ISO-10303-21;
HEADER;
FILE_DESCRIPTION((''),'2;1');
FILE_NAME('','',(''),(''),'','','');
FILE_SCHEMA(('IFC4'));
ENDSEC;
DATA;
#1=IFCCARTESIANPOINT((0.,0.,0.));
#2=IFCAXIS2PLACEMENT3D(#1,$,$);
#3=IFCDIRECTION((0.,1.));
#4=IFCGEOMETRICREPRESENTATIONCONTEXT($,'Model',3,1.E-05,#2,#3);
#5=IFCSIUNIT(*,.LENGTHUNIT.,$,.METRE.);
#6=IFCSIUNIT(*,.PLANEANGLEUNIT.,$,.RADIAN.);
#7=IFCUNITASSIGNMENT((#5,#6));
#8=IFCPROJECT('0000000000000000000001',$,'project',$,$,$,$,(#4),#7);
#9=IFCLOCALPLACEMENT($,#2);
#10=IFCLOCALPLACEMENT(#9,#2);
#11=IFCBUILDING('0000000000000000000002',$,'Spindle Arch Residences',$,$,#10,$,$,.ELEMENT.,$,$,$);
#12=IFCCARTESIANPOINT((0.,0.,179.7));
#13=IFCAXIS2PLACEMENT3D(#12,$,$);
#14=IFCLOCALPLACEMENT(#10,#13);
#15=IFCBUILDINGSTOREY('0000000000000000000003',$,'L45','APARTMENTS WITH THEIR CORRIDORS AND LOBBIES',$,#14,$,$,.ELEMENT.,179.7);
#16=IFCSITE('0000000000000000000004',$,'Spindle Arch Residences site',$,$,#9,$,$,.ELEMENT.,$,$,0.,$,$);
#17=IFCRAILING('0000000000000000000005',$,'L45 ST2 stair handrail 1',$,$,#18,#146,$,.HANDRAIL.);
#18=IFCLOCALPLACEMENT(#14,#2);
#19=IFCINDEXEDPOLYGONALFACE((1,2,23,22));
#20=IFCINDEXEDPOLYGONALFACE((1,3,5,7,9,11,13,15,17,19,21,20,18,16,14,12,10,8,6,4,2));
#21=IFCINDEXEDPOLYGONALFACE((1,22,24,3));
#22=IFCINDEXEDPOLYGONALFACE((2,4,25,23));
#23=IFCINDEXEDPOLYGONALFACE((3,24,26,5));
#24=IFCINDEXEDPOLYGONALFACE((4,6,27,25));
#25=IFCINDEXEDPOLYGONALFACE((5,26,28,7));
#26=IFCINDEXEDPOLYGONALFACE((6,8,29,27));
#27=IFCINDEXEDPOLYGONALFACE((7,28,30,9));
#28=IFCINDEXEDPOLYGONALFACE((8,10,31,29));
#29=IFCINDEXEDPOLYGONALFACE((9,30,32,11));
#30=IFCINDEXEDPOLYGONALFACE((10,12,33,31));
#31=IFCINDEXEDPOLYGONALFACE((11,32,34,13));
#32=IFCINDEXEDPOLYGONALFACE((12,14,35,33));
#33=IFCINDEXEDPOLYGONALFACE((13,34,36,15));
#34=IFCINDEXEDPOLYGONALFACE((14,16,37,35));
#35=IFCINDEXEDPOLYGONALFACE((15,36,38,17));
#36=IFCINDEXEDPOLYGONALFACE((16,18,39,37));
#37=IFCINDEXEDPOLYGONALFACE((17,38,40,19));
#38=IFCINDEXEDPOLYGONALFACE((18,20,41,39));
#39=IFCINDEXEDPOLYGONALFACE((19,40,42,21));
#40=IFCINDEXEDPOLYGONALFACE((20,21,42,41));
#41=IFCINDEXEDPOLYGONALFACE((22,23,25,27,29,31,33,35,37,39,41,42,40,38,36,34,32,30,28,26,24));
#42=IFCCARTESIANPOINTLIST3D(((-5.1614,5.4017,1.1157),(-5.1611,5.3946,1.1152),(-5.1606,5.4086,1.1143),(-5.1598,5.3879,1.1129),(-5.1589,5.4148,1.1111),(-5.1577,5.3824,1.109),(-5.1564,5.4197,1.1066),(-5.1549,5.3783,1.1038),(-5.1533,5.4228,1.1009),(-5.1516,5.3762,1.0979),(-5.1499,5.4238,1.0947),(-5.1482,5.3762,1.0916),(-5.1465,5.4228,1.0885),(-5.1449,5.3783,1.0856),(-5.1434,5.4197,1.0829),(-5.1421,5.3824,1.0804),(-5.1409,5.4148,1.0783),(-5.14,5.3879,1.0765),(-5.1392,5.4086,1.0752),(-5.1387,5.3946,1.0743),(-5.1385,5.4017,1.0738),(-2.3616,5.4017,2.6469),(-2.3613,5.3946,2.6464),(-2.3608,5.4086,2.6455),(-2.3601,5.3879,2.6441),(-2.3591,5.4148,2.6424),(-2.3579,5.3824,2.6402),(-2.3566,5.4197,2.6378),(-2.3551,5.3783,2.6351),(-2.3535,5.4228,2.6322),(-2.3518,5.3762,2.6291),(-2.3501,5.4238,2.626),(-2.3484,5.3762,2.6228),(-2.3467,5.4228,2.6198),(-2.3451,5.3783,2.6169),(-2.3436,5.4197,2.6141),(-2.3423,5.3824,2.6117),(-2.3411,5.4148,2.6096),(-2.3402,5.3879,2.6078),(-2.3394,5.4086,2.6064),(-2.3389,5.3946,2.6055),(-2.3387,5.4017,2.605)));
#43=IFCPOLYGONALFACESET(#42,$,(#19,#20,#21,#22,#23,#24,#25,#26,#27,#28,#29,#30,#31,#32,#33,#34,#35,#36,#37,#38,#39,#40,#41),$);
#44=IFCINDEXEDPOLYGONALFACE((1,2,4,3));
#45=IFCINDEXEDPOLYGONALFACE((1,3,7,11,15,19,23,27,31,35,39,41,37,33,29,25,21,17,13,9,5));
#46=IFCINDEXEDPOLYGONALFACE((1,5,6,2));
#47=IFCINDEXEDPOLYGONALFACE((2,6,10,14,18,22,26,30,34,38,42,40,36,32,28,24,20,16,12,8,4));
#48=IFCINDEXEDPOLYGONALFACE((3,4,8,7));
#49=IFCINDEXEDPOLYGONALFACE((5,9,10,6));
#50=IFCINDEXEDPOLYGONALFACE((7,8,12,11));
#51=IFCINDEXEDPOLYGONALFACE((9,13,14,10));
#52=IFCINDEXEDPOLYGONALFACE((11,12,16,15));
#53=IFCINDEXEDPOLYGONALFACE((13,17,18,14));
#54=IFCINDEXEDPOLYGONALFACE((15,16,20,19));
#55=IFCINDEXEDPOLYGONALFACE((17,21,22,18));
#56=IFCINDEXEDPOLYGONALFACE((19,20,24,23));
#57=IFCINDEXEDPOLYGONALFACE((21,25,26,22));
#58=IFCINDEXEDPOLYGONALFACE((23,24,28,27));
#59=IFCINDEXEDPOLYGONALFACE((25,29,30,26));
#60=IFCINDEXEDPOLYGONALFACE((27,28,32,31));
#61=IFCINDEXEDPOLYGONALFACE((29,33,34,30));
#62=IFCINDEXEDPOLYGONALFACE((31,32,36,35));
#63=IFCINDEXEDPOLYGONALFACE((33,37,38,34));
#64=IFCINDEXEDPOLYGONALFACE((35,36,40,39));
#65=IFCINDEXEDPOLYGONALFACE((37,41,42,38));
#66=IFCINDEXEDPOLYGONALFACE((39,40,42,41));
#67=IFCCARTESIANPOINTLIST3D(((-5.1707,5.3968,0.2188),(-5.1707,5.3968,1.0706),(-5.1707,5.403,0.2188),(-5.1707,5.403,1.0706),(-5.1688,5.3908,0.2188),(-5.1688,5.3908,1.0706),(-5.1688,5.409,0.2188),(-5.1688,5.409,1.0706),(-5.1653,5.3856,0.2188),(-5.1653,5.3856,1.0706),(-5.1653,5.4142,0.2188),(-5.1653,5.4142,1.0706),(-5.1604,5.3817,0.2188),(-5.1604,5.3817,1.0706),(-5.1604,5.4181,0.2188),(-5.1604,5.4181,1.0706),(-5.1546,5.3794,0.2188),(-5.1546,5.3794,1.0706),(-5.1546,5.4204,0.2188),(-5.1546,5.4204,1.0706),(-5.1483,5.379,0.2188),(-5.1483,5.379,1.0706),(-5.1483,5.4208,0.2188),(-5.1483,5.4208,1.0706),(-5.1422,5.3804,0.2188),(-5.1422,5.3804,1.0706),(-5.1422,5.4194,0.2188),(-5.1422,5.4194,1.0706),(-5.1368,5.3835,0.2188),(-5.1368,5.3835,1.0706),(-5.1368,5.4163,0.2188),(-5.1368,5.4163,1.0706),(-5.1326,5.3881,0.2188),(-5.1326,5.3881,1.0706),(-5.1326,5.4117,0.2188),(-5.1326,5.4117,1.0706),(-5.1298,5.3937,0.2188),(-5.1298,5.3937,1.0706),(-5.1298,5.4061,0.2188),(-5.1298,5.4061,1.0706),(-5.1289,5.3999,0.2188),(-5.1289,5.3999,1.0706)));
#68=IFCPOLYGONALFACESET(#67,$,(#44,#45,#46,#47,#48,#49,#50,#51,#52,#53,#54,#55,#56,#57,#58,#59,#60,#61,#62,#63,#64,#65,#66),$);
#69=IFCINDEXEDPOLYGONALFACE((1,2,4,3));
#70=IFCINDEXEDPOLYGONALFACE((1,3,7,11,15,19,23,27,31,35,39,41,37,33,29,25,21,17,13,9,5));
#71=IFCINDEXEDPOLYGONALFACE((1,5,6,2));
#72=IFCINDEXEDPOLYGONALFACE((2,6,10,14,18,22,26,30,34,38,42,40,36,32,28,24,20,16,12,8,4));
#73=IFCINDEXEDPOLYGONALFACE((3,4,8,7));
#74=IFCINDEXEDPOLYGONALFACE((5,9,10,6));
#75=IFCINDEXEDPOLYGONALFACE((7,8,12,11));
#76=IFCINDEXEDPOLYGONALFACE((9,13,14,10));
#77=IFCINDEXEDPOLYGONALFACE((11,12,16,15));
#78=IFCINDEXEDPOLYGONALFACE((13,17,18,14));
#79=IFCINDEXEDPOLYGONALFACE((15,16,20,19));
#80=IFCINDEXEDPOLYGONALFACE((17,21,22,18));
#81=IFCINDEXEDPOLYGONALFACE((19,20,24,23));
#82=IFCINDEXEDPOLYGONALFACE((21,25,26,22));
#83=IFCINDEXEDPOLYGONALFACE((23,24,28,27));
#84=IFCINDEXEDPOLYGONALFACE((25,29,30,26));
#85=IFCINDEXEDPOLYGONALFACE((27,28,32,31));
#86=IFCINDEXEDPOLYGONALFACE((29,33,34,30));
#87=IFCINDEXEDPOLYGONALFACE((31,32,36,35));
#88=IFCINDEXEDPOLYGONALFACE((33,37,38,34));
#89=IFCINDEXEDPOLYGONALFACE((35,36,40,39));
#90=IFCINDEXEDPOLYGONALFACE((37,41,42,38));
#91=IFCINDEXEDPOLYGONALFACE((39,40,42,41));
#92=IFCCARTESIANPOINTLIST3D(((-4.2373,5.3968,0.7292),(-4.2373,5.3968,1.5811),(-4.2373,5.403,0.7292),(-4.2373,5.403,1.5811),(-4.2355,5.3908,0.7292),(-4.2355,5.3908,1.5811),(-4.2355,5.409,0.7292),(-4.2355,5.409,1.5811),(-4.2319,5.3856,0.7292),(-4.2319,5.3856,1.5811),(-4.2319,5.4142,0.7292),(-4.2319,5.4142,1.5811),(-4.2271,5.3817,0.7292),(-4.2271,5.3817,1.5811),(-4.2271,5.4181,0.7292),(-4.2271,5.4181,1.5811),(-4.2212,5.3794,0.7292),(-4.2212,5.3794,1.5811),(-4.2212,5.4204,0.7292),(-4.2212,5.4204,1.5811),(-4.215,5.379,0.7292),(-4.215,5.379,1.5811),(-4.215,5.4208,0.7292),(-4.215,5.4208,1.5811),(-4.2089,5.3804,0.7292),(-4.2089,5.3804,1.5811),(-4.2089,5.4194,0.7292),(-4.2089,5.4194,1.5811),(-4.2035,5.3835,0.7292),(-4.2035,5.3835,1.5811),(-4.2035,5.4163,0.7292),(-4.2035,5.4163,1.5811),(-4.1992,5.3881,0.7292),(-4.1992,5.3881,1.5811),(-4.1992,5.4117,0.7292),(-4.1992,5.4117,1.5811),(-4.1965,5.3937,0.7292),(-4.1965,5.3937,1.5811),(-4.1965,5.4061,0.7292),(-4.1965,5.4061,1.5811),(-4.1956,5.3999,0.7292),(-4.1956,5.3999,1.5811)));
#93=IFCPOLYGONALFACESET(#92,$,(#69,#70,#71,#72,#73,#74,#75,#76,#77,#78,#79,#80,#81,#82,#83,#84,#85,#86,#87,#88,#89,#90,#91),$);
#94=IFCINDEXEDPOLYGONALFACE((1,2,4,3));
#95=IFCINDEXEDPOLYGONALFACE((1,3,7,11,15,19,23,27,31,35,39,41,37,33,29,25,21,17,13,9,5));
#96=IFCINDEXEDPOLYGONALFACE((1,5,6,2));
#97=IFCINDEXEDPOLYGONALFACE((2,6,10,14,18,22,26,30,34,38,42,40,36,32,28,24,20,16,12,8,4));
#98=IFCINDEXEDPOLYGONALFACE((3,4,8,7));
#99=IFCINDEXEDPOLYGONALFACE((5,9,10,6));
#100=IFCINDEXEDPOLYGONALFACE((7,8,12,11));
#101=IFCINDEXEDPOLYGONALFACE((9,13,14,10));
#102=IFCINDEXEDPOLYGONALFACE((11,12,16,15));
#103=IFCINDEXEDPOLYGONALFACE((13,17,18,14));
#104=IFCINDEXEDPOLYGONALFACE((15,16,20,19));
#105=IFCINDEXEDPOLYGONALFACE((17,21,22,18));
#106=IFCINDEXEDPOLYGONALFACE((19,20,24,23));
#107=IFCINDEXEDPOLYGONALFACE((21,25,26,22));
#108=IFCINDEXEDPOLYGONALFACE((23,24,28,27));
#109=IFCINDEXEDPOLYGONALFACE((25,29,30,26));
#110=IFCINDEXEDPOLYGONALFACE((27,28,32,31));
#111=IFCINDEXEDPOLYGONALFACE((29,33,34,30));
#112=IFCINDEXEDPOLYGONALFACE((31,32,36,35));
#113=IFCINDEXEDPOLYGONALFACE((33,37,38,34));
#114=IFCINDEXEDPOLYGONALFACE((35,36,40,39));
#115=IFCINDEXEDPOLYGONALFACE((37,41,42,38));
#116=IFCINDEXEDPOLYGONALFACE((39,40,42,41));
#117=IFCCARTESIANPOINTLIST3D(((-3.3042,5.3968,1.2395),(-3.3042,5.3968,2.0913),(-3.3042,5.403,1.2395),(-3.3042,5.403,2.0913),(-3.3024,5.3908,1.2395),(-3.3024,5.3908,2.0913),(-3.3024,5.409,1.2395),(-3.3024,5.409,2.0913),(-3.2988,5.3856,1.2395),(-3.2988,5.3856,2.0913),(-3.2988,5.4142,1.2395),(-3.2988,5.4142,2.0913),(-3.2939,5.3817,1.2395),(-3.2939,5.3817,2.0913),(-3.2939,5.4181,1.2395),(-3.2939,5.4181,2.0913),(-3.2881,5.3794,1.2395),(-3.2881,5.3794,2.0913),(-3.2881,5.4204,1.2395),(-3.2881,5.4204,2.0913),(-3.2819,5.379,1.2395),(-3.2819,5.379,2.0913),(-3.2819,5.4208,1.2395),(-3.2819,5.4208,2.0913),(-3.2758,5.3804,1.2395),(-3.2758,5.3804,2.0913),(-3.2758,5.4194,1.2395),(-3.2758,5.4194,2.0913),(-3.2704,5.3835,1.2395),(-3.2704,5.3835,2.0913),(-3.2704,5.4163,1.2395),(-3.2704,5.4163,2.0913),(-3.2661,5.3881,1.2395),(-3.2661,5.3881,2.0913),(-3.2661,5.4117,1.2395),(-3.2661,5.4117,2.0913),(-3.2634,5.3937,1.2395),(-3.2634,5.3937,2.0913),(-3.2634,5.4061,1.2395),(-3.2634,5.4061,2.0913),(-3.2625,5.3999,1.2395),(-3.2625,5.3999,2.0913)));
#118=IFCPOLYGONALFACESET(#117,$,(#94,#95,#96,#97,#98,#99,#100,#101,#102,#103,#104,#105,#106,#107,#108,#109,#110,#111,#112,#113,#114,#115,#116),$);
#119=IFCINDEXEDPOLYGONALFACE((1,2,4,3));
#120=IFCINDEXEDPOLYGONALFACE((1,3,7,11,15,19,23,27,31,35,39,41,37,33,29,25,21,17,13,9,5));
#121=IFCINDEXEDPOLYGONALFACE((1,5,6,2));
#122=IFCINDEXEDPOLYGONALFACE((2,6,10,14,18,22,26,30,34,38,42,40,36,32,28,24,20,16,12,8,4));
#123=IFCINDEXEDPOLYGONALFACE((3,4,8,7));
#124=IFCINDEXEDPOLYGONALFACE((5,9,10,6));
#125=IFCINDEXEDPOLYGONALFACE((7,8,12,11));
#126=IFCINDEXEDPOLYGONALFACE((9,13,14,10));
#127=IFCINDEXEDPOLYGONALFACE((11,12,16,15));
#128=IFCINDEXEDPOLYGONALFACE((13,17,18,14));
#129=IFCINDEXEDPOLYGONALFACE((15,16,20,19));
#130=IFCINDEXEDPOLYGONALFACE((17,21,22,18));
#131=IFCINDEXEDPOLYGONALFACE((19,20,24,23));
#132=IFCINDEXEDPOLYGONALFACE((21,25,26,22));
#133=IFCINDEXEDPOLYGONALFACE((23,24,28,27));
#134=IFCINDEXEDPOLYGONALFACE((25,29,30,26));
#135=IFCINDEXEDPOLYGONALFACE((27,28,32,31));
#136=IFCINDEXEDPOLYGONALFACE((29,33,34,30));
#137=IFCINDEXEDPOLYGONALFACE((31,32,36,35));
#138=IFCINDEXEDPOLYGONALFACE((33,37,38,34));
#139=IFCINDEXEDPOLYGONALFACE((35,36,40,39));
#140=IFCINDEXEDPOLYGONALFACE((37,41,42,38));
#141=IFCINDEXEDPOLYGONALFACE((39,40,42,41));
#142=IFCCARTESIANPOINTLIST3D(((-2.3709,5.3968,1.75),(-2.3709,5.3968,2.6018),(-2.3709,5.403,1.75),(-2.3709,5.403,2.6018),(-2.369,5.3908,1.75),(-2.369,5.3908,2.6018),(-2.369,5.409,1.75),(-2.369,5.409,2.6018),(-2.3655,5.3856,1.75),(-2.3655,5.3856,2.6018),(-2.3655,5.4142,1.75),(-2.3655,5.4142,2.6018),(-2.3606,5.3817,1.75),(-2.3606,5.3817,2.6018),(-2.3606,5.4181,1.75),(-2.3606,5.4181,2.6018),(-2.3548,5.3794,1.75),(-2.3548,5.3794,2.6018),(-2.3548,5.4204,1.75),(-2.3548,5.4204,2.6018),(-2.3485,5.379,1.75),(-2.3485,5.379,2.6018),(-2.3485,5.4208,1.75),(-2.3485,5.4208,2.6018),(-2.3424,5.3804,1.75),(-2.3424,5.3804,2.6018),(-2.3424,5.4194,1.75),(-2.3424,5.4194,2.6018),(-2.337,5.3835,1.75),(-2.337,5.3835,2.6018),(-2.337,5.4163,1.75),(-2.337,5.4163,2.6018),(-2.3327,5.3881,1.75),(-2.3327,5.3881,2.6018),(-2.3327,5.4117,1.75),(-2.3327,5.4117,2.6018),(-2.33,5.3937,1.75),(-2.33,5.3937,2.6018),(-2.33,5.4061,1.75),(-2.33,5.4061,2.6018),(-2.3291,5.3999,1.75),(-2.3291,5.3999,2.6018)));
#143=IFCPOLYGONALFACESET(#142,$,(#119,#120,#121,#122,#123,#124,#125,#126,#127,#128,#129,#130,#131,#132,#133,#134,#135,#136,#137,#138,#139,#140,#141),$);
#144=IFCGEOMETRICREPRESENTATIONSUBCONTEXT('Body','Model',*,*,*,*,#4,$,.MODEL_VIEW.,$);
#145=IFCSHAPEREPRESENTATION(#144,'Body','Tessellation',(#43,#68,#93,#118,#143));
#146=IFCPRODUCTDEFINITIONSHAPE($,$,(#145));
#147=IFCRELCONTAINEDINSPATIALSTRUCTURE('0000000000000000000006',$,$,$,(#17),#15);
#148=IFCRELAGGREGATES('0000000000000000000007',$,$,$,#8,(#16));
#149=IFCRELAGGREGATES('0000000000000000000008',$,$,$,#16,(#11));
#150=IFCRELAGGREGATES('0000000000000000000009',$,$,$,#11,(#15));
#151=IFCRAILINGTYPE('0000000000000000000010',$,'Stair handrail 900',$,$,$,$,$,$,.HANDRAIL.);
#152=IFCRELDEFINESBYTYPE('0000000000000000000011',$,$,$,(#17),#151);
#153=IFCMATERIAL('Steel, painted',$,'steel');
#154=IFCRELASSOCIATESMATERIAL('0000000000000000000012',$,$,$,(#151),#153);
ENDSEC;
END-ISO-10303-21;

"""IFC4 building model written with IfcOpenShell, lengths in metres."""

from ifc_helpers import new_model, si_unit, direction, frame, origin, origin_2d, place, context, subcontext, project, spatial, circle, extrude, material, type_object, element, save


model = new_model("IFC4")

# Units and contexts
model_context = context("Model", 3, precision=1e-05, world=origin(), true_north=direction((0.0, 1.0)))
body_context = subcontext(model_context, "Body", "Model", "MODEL_VIEW")
ifc_project = project(units=[si_unit("LENGTHUNIT", "METRE"), si_unit("PLANEANGLEUNIT", "RADIAN")], contexts=[model_context])

# Site, building, storey
site_placement = place(None, origin())
site = spatial("IfcSite", under=ifc_project, at=site_placement, Name="Spindle Arch Residences site", CompositionType="ELEMENT", RefElevation=0.0)
building_placement = place(site_placement, origin())
building = spatial("IfcBuilding", under=site, at=building_placement, Name="Spindle Arch Residences", CompositionType="ELEMENT")
storey_placement = place(building_placement, frame((0.0, 0.0, 179.7)))
storey = spatial("IfcBuildingStorey", under=building, at=storey_placement, Name="L45", Description="APARTMENTS WITH THEIR CORRIDORS AND LOBBIES", CompositionType="ELEMENT", Elevation=179.7)

# Railing
ifc_material_1 = material(Name="Steel, painted", Category="steel")
railing_type_1 = type_object("IfcRailingType", Name="Stair handrail 900", PredefinedType="HANDRAIL", material=ifc_material_1)
railing_1_placement = place(storey_placement, frame((-5.1499, 5.3999, 0.2188)))
element("IfcRailing", 1, at=railing_1_placement, inside=storey, type_object=railing_type_1, Name="L45 ST2 stair handrail 1", PredefinedType="HANDRAIL", context=body_context, shape_type="SweptSolid", body=[
    extrude(circle(Radius=0.0239, at=origin_2d()), frame((0.0, 0.0, 0.876), z_axis=(0.877357, 0.0, 0.479838), x_axis=(0.0, 1.0, 0.0)), (0.0, 0.0, 1.0), 3.1912),
    extrude(circle(Radius=0.021, at=origin_2d()), origin(), (0.0, 0.0, 1.0), 0.8518),
    extrude(circle(Radius=0.021, at=origin_2d()), frame((0.9333, 0.0, 0.5105)), (0.0, 0.0, 1.0), 0.8518),
    extrude(circle(Radius=0.021, at=origin_2d()), frame((1.8665, 0.0, 1.0208)), (0.0, 0.0, 1.0), 0.8518),
    extrude(circle(Radius=0.021, at=origin_2d()), frame((2.7998, 0.0, 1.5312)), (0.0, 0.0, 1.0), 0.8518),
])

save(model, "model.ifc")
